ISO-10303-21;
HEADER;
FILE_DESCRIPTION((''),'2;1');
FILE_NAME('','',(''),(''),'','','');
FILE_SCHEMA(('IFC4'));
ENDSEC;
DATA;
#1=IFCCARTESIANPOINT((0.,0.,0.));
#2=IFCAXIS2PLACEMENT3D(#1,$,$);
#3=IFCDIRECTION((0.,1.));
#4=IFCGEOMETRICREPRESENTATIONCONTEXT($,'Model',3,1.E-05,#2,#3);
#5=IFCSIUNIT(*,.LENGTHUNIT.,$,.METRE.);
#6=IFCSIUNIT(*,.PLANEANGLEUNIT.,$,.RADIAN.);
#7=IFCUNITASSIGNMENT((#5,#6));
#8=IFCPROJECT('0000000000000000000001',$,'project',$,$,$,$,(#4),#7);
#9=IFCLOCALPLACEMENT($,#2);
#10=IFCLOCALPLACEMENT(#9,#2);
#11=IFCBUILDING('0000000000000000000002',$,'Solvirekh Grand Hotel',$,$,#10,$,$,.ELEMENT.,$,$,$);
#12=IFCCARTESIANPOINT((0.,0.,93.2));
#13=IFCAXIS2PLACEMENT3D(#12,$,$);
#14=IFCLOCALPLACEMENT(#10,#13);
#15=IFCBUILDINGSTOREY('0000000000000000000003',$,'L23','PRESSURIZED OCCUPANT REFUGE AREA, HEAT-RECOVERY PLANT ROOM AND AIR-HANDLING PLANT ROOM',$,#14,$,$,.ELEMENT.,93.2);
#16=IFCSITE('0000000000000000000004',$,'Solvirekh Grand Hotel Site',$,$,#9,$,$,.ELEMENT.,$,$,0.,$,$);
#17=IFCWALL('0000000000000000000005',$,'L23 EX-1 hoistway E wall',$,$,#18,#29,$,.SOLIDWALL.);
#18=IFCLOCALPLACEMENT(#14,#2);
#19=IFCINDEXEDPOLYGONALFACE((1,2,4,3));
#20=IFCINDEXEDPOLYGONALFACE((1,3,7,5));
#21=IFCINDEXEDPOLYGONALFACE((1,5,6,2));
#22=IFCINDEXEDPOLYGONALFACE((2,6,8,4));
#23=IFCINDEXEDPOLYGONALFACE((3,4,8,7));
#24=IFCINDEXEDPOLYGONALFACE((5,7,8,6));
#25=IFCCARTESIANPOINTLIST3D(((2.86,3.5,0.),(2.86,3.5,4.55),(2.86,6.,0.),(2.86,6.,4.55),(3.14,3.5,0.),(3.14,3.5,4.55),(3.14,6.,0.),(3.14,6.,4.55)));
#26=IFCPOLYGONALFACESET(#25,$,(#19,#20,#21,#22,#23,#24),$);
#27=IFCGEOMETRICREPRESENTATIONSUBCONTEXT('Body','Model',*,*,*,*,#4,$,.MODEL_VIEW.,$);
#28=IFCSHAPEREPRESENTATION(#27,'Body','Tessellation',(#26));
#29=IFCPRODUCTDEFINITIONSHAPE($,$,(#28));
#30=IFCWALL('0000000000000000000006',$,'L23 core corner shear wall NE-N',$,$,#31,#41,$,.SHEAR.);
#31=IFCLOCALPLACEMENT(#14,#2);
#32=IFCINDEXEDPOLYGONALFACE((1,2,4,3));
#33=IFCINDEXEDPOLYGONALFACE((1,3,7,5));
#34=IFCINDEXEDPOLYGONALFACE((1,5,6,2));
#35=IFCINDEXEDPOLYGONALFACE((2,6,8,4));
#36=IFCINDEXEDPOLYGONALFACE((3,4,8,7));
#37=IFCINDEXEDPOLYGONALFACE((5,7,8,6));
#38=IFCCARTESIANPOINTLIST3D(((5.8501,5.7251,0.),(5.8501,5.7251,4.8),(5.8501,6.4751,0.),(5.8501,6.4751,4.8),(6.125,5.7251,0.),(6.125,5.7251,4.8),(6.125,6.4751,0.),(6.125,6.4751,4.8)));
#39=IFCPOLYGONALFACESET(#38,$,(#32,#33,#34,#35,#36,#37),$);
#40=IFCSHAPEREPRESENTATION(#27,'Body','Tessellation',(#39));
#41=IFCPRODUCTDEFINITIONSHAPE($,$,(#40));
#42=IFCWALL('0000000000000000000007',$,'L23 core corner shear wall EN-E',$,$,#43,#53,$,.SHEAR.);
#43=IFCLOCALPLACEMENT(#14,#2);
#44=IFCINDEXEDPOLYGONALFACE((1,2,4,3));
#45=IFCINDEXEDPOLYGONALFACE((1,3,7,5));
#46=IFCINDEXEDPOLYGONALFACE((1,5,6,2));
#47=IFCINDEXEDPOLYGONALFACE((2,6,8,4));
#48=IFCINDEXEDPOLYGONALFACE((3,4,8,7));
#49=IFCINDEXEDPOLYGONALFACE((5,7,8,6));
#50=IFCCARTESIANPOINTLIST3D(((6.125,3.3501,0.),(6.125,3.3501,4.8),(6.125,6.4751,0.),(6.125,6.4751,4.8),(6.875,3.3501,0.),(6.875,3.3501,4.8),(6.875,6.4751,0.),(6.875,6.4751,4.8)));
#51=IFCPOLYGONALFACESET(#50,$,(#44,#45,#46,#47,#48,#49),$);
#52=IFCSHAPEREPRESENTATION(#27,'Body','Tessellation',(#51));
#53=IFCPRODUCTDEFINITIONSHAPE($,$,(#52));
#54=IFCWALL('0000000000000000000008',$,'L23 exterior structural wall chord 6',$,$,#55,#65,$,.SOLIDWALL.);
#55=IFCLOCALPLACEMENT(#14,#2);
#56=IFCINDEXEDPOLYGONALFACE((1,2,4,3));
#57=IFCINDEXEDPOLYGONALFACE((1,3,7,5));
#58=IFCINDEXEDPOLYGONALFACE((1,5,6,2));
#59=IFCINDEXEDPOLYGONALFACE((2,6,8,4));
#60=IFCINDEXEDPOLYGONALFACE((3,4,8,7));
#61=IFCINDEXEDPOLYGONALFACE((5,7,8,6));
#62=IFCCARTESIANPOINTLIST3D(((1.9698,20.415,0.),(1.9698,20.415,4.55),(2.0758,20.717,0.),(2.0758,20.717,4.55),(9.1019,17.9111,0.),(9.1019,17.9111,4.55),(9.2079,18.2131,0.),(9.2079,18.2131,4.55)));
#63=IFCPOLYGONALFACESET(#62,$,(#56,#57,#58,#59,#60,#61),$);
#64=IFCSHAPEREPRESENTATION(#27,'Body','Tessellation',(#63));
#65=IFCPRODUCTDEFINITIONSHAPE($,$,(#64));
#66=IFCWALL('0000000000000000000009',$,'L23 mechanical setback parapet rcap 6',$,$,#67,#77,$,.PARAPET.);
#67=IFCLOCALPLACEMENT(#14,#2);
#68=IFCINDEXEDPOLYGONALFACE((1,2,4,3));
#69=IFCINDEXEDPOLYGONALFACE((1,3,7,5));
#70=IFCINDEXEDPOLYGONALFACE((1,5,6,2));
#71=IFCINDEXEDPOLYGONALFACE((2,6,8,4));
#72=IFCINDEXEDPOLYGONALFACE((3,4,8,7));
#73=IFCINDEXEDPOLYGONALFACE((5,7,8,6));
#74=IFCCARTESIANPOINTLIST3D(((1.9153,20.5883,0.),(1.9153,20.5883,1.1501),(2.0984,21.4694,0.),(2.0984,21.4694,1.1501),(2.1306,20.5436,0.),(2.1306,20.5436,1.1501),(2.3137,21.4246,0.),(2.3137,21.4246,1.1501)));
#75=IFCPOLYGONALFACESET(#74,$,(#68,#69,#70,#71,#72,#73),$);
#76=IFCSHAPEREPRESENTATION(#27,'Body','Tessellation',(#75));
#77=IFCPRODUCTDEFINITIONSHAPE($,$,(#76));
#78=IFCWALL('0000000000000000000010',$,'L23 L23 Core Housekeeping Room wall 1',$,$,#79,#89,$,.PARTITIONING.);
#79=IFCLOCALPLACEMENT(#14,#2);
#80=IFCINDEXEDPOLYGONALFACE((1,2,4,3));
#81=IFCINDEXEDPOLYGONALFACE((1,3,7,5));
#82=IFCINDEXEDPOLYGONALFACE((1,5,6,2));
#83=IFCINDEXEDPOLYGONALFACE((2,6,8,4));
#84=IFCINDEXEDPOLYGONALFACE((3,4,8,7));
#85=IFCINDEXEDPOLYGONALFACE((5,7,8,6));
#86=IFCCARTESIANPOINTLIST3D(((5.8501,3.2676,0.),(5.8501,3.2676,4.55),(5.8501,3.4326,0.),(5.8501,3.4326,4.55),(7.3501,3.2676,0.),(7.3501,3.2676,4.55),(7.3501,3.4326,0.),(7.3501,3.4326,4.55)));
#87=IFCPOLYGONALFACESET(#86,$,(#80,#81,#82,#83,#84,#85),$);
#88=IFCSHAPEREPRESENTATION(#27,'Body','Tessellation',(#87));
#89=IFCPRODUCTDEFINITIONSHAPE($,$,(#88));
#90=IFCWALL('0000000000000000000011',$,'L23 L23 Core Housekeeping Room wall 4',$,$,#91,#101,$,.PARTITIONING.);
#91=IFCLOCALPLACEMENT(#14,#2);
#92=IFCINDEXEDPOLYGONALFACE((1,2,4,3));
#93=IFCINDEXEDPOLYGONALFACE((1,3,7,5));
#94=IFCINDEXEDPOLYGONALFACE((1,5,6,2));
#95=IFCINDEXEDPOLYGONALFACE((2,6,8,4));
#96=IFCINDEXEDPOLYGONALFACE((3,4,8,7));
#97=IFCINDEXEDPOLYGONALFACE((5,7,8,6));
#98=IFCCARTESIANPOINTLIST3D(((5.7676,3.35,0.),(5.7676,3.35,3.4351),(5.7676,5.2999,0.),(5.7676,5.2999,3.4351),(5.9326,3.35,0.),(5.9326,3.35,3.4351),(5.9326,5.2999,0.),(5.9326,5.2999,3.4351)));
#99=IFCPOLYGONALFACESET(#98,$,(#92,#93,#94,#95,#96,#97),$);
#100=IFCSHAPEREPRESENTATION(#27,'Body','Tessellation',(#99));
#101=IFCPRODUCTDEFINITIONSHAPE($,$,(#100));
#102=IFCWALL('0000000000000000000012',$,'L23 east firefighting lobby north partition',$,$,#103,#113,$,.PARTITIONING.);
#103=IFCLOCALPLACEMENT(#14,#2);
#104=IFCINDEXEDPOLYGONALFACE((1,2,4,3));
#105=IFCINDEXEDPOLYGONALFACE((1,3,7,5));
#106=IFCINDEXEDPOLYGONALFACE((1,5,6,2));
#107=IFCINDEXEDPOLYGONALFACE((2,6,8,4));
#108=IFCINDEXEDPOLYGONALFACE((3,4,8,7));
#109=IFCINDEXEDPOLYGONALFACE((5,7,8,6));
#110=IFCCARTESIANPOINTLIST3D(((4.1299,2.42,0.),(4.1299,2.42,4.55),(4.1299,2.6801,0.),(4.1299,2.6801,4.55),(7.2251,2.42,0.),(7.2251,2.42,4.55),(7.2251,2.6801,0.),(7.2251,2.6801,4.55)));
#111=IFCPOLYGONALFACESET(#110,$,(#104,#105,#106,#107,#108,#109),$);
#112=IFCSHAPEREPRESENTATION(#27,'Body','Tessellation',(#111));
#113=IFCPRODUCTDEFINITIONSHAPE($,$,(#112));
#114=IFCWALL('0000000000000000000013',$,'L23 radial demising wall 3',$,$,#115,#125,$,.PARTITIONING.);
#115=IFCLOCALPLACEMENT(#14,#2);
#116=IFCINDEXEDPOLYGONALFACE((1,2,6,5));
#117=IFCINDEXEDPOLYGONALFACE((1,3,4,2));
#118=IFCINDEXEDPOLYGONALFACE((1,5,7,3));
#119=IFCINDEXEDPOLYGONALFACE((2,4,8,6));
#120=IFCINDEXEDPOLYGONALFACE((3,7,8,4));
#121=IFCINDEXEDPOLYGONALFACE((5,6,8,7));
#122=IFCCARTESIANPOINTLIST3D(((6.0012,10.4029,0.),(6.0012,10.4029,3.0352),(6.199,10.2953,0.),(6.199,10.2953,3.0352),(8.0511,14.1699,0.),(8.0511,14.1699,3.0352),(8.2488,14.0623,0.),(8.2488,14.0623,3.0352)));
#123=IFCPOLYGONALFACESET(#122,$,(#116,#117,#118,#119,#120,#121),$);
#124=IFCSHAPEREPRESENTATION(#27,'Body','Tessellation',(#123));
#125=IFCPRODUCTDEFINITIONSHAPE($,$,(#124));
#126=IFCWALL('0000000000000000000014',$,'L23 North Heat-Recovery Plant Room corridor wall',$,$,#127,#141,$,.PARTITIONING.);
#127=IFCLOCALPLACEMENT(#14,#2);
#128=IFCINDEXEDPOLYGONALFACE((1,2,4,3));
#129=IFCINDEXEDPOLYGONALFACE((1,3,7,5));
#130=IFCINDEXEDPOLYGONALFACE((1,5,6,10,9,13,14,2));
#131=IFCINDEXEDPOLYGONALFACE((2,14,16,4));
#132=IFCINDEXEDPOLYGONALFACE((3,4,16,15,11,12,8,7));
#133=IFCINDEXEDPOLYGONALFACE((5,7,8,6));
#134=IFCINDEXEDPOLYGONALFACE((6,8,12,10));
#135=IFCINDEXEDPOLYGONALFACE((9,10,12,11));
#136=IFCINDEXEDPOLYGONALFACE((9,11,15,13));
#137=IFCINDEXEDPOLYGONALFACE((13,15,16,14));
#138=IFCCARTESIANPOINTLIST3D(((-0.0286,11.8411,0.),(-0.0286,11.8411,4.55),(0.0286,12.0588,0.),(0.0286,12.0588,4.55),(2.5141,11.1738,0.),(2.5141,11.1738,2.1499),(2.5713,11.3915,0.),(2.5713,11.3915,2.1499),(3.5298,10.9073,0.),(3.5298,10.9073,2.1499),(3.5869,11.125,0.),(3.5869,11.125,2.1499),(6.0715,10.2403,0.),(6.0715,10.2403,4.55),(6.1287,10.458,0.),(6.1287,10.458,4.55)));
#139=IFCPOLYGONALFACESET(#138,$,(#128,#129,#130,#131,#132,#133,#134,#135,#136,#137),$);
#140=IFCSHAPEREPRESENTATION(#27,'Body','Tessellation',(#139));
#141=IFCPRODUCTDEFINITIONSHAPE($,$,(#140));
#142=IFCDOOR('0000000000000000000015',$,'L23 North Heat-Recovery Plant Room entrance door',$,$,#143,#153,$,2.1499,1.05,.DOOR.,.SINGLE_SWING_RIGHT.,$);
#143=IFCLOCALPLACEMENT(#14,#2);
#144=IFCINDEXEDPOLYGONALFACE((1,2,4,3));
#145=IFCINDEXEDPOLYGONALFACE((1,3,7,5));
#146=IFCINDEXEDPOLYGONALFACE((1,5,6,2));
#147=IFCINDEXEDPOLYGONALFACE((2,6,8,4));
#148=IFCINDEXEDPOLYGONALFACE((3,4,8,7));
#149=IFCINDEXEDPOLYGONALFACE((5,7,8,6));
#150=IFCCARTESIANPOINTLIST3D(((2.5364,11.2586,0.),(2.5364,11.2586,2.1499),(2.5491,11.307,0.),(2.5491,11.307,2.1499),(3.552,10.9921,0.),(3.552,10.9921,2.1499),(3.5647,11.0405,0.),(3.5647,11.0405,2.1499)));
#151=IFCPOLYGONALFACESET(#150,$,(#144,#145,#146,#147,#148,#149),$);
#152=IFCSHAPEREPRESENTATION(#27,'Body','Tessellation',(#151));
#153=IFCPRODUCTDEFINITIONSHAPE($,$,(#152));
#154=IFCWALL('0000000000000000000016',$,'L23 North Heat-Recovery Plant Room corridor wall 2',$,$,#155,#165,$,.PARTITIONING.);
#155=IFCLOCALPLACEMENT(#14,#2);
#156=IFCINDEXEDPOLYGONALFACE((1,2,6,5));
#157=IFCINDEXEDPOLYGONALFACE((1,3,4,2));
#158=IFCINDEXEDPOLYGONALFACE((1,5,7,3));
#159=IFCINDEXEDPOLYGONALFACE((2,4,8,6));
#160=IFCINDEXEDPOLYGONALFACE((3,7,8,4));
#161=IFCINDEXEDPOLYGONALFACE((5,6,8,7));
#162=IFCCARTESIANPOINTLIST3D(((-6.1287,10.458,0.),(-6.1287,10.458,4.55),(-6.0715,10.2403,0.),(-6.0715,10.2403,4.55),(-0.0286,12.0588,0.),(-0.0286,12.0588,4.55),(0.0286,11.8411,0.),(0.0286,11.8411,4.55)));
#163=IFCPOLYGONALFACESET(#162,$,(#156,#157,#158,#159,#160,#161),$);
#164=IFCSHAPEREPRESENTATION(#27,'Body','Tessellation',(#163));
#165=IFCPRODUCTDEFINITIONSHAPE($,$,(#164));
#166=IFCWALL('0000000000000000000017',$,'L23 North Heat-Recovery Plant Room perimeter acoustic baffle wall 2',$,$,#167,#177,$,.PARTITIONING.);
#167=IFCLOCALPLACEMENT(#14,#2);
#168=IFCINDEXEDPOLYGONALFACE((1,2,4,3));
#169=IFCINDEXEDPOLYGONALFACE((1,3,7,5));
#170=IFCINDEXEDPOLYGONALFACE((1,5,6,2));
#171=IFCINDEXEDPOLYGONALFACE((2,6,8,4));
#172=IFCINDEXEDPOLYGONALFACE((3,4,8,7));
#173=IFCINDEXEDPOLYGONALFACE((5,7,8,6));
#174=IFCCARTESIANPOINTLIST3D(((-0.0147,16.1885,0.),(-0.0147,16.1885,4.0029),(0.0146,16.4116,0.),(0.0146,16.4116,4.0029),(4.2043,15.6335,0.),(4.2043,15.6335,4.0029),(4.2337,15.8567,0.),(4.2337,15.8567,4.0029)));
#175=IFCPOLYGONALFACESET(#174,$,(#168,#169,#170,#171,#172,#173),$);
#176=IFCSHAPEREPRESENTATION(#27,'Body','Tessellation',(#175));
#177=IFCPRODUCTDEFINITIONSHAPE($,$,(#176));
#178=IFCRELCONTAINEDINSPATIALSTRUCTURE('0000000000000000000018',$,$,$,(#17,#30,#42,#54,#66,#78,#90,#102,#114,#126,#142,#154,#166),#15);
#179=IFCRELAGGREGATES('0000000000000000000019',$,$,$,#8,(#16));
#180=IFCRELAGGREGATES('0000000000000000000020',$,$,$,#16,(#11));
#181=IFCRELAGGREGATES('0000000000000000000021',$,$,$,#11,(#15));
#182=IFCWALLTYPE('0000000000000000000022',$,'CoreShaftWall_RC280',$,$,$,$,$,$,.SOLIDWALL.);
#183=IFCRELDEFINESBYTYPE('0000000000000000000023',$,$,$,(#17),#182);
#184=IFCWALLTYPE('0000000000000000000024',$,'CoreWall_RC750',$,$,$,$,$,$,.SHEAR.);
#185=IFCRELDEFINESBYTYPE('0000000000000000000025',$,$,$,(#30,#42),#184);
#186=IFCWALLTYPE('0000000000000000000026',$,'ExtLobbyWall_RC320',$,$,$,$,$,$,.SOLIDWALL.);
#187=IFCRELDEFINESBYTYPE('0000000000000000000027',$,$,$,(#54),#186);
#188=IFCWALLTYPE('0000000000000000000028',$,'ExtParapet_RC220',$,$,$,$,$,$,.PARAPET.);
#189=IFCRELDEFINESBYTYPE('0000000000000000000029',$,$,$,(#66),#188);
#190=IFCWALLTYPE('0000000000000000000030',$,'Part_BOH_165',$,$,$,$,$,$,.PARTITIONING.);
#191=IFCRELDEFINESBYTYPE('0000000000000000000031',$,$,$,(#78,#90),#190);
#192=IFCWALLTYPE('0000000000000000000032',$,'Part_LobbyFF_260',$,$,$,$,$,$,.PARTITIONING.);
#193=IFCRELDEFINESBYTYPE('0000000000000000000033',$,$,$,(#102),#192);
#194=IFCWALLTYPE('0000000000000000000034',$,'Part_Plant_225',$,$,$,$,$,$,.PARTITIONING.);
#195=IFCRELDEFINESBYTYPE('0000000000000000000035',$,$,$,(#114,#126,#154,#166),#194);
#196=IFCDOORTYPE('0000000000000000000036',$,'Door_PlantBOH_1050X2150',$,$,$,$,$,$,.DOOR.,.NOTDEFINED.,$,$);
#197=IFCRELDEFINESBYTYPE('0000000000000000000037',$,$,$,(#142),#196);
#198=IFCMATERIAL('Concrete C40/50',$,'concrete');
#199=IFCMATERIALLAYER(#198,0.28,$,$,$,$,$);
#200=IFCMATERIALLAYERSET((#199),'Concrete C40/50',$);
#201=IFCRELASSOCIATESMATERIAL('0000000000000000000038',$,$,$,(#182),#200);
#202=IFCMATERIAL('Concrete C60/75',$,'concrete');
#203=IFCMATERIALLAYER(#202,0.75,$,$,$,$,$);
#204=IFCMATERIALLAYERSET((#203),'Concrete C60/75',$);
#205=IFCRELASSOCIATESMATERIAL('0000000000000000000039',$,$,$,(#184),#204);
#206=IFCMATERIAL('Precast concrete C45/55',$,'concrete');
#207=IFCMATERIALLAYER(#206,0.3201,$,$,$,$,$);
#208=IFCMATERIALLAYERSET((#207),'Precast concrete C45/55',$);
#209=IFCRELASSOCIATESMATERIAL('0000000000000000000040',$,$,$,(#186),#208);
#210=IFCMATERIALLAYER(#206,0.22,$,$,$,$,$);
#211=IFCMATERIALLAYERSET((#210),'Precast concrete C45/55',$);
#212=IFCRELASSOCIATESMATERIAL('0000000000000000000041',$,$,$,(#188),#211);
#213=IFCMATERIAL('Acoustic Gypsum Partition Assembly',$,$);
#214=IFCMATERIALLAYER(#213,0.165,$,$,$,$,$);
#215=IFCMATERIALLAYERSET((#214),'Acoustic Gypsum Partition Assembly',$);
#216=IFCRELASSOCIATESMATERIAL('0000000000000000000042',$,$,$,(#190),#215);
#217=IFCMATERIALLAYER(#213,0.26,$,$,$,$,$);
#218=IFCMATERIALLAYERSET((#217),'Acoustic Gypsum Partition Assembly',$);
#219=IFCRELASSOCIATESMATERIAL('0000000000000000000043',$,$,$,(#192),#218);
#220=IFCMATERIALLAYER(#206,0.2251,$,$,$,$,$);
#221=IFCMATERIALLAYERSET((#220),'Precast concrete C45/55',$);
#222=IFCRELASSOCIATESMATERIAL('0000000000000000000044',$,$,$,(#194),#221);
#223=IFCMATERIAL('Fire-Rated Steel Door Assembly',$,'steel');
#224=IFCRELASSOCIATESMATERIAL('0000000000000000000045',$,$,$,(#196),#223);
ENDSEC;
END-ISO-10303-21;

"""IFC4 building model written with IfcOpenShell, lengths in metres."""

from ifc_helpers import new_model, si_unit, direction, frame, frame_2d, origin, place, context, subcontext, project, spatial, rectangle, extrude, material, layer, layer_set, type_object, element, fill, save


model = new_model("IFC4")

# Units and contexts
model_context = context("Model", 3, precision=1e-05, world=origin(), true_north=direction((0.0, 1.0)))
body_context = subcontext(model_context, "Body", "Model", "MODEL_VIEW")
ifc_project = project(units=[si_unit("LENGTHUNIT", "METRE"), si_unit("PLANEANGLEUNIT", "RADIAN")], contexts=[model_context])

# Site, building, storey
site_placement = place(None, origin())
site = spatial("IfcSite", under=ifc_project, at=site_placement, Name="Solvirekh Grand Hotel Site", CompositionType="ELEMENT", RefElevation=0.0)
building_placement = place(site_placement, origin())
building = spatial("IfcBuilding", under=site, at=building_placement, Name="Solvirekh Grand Hotel", CompositionType="ELEMENT")
storey_placement = place(building_placement, frame((0.0, 0.0, 93.2)))
storey = spatial("IfcBuildingStorey", under=building, at=storey_placement, Name="L23", Description="PRESSURIZED OCCUPANT REFUGE AREA, HEAT-RECOVERY PLANT ROOM AND AIR-HANDLING PLANT ROOM", CompositionType="ELEMENT", Elevation=93.2)

# Shared definitions
ifc_material_1 = material(Name="Concrete C60/75", Category="concrete")

# Walls
ifc_material_2 = material(Name="Concrete C40/50", Category="concrete")
ifc_layer_1 = layer(ifc_material_2, 0.28)
ifc_layer_set_1 = layer_set([ifc_layer_1], Name="Concrete C40/50")
wall_type_1 = type_object("IfcWallType", Name="CoreShaftWall_RC280", PredefinedType="SOLIDWALL", material=ifc_layer_set_1)
wall_1_placement = place(storey_placement, frame((3.0, 3.5, 0.0), z_axis=(0.0, 0.0, 1.0), x_axis=(0.0, 1.0, 0.0)))
element("IfcWall", 1, at=wall_1_placement, inside=storey, type_object=wall_type_1, Name="L23 EX-1 hoistway E wall", PredefinedType="SOLIDWALL", context=body_context, shape_type="SweptSolid", body=[
    extrude(rectangle(XDim=2.5, YDim=0.28, at=frame_2d((1.25, 0.0))), origin(), (0.0, 0.0, 1.0), 4.55),
])
ifc_layer_2 = layer(ifc_material_1, 0.75)
ifc_layer_set_2 = layer_set([ifc_layer_2], Name="Concrete C60/75")
wall_type_2 = type_object("IfcWallType", Name="CoreWall_RC750", PredefinedType="SHEAR", material=ifc_layer_set_2)
wall_2_placement = place(storey_placement, frame((5.8501, 6.1001, 0.0), z_axis=(0.0, 0.0, 1.0), x_axis=(1.0, 0.0, 0.0)))
element("IfcWall", 2, at=wall_2_placement, inside=storey, type_object=wall_type_2, Name="L23 core corner shear wall NE-N", PredefinedType="SHEAR", context=body_context, shape_type="SweptSolid", body=[
    extrude(rectangle(XDim=0.2749, YDim=0.75, at=frame_2d((0.1375, 0.0))), origin(), (0.0, 0.0, 1.0), 4.8),
])
wall_3_placement = place(storey_placement, frame((6.5, 3.3501, 0.0), z_axis=(0.0, 0.0, 1.0), x_axis=(0.0, 1.0, 0.0)))
element("IfcWall", 3, at=wall_3_placement, inside=storey, type_object=wall_type_2, Name="L23 core corner shear wall EN-E", PredefinedType="SHEAR", context=body_context, shape_type="SweptSolid", body=[
    extrude(rectangle(XDim=3.125, YDim=0.75, at=frame_2d((1.5625, 0.0))), origin(), (0.0, 0.0, 1.0), 4.8),
])
ifc_material_3 = material(Name="Precast concrete C45/55", Category="concrete")
ifc_layer_3 = layer(ifc_material_3, 0.3201)
ifc_layer_set_3 = layer_set([ifc_layer_3], Name="Precast concrete C45/55")
wall_type_3 = type_object("IfcWallType", Name="ExtLobbyWall_RC320", PredefinedType="SOLIDWALL", material=ifc_layer_set_3)
wall_4_placement = place(storey_placement, frame((2.0229, 20.5659, 0.0), z_axis=(0.0, 0.0, 1.0), x_axis=(0.943541, -0.331255, 0.0)))
element("IfcWall", 4, at=wall_4_placement, inside=storey, type_object=wall_type_3, Name="L23 exterior structural wall chord 6", PredefinedType="SOLIDWALL", context=body_context, shape_type="SweptSolid", body=[
    extrude(rectangle(XDim=7.5588, YDim=0.3201, at=frame_2d((3.7793, 0.0))), origin(), (0.0, 0.0, 1.0), 4.55),
])
ifc_layer_4 = layer(ifc_material_3, 0.22)
ifc_layer_set_4 = layer_set([ifc_layer_4], Name="Precast concrete C45/55")
wall_type_4 = type_object("IfcWallType", Name="ExtParapet_RC220", PredefinedType="PARAPET", material=ifc_layer_set_4)
wall_5_placement = place(storey_placement, frame((2.2061, 21.447, 0.0), z_axis=(0.0, 0.0, 1.0), x_axis=(-0.203467, -0.979082, 0.0)))
element("IfcWall", 5, at=wall_5_placement, inside=storey, type_object=wall_type_4, Name="L23 mechanical setback parapet rcap 6", PredefinedType="PARAPET", context=body_context, shape_type="SweptSolid", body=[
    extrude(rectangle(XDim=0.8999, YDim=0.22, at=frame_2d((0.45, 0.0))), origin(), (0.0, 0.0, 1.0), 1.1501),
])
ifc_material_4 = material(Name="Acoustic Gypsum Partition Assembly")
ifc_layer_5 = layer(ifc_material_4, 0.165)
ifc_layer_set_5 = layer_set([ifc_layer_5], Name="Acoustic Gypsum Partition Assembly")
wall_type_5 = type_object("IfcWallType", Name="Part_BOH_165", PredefinedType="PARTITIONING", material=ifc_layer_set_5)
wall_6_placement = place(storey_placement, frame((5.8501, 3.3501, 0.0), z_axis=(0.0, 0.0, 1.0), x_axis=(1.0, 0.0, 0.0)))
element("IfcWall", 6, at=wall_6_placement, inside=storey, type_object=wall_type_5, Name="L23 L23 Core Housekeeping Room wall 1", PredefinedType="PARTITIONING", context=body_context, shape_type="SweptSolid", body=[
    extrude(rectangle(XDim=1.5, YDim=0.165, at=frame_2d((0.75, 0.0))), origin(), (0.0, 0.0, 1.0), 4.55),
])
wall_7_placement = place(storey_placement, frame((5.8501, 5.3, 0.0), z_axis=(0.0, 0.0, 1.0), x_axis=(0.0, -1.0, 0.0)))
element("IfcWall", 7, at=wall_7_placement, inside=storey, type_object=wall_type_5, Name="L23 L23 Core Housekeeping Room wall 4", PredefinedType="PARTITIONING", context=body_context, shape_type="SweptSolid", body=[
    extrude(rectangle(XDim=1.95, YDim=0.165, at=frame_2d((0.9751, 0.0))), origin(), (0.0, 0.0, 1.0), 3.4351),
])
ifc_layer_6 = layer(ifc_material_4, 0.26)
ifc_layer_set_6 = layer_set([ifc_layer_6], Name="Acoustic Gypsum Partition Assembly")
wall_type_6 = type_object("IfcWallType", Name="Part_LobbyFF_260", PredefinedType="PARTITIONING", material=ifc_layer_set_6)
wall_8_placement = place(storey_placement, frame((4.1299, 2.55, 0.0), z_axis=(0.0, 0.0, 1.0), x_axis=(1.0, 0.0, 0.0)))
element("IfcWall", 8, at=wall_8_placement, inside=storey, type_object=wall_type_6, Name="L23 east firefighting lobby north partition", PredefinedType="PARTITIONING", context=body_context, shape_type="SweptSolid", body=[
    extrude(rectangle(XDim=3.0952, YDim=0.26, at=frame_2d((1.5476, 0.0))), origin(), (0.0, 0.0, 1.0), 4.55),
])
ifc_layer_7 = layer(ifc_material_3, 0.2251)
ifc_layer_set_7 = layer_set([ifc_layer_7], Name="Precast concrete C45/55")
wall_type_7 = type_object("IfcWallType", Name="Part_Plant_225", PredefinedType="PARTITIONING", material=ifc_layer_set_7)
wall_9_placement = place(storey_placement, frame((6.1001, 10.3491, 0.0), z_axis=(0.0, 0.0, 1.0), x_axis=(0.477982, 0.878369, 0.0)))
element("IfcWall", 9, at=wall_9_placement, inside=storey, type_object=wall_type_7, Name="L23 radial demising wall 3", PredefinedType="PARTITIONING", context=body_context, shape_type="SweptSolid", body=[
    extrude(rectangle(XDim=4.2886, YDim=0.2251, at=frame_2d((2.1443, 0.0))), origin(), (0.0, 0.0, 1.0), 3.0352),
])

# Wall, opening, door
wall_10_placement = place(storey_placement, frame((6.1001, 10.3491, 0.0), z_axis=(0.0, 0.0, 1.0), x_axis=(-0.967248, 0.253832, 0.0)))
wall_10 = element("IfcWall", 10, at=wall_10_placement, inside=storey, type_object=wall_type_7, Name="L23 North Heat-Recovery Plant Room corridor wall", PredefinedType="PARTITIONING", context=body_context, shape_type="SweptSolid", body=[
    extrude(rectangle(XDim=6.3066, YDim=0.2251, at=frame_2d((3.1533, 0.0))), origin(), (0.0, 0.0, 1.0), 4.55),
])
opening_placement = place(wall_10_placement, frame((2.6279, 0.0, 0.0)))
opening = element("IfcOpeningElement", 11, at=opening_placement, cuts=wall_10, PredefinedType="OPENING", context=body_context, shape_type="SweptSolid", body=[
    extrude(rectangle(XDim=1.05, YDim=2.1499, at=frame_2d((0.5249, 1.075))), frame((0.0, 0.1226, 0.0), z_axis=(0.0, -1.0, 0.0), x_axis=(1.0, 0.0, 0.0)), (0.0, 0.0, 1.0), 0.2451),
])
ifc_material_5 = material(Name="Fire-Rated Steel Door Assembly", Category="steel")
door_type = type_object("IfcDoorType", Name="Door_PlantBOH_1050X2150", OperationType="NOTDEFINED", PredefinedType="DOOR", material=ifc_material_5)
door_placement = place(opening_placement, origin())
door = element("IfcDoor", 12, at=door_placement, inside=storey, type_object=door_type, Name="L23 North Heat-Recovery Plant Room entrance door", OperationType="SINGLE_SWING_RIGHT", OverallHeight=2.1499, OverallWidth=1.05, PredefinedType="DOOR", context=body_context, shape_type="SweptSolid", body=[
    extrude(rectangle(XDim=1.05, YDim=2.1499, at=frame_2d((0.5249, 1.075))), frame((0.0, 0.0249, 0.0), z_axis=(0.0, -1.0, 0.0), x_axis=(1.0, 0.0, 0.0)), (0.0, 0.0, 1.0), 0.05),
])
fill(opening, door)

# Walls
wall_11_placement = place(storey_placement, frame((0.0, 11.95, 0.0), z_axis=(0.0, 0.0, 1.0), x_axis=(-0.967248, -0.253832, 0.0)))
element("IfcWall", 13, at=wall_11_placement, inside=storey, type_object=wall_type_7, Name="L23 North Heat-Recovery Plant Room corridor wall 2", PredefinedType="PARTITIONING", context=body_context, shape_type="SweptSolid", body=[
    extrude(rectangle(XDim=6.3066, YDim=0.2251, at=frame_2d((3.1533, 0.0))), origin(), (0.0, 0.0, 1.0), 4.55),
])
for number, where, z_axis, x_axis, name in (
    (14, (4.219, 15.7451, 0.0), (0.0, 0.0, 1.0), (-0.99146, 0.130409, 0.0), "L23 North Heat-Recovery Plant Room perimeter acoustic baffle wall 2"),
):
    element("IfcWall", number, at=place(storey_placement, frame(where, z_axis=z_axis, x_axis=x_axis)), inside=storey, type_object=wall_type_7, Name=name, PredefinedType="PARTITIONING", context=body_context, shape_type="SweptSolid", body=[
        extrude(rectangle(XDim=4.2554, YDim=0.2251, at=frame_2d((2.1277, 0.0))), origin(), (0.0, 0.0, 1.0), 4.0029),
    ])

save(model, "model.ifc")
